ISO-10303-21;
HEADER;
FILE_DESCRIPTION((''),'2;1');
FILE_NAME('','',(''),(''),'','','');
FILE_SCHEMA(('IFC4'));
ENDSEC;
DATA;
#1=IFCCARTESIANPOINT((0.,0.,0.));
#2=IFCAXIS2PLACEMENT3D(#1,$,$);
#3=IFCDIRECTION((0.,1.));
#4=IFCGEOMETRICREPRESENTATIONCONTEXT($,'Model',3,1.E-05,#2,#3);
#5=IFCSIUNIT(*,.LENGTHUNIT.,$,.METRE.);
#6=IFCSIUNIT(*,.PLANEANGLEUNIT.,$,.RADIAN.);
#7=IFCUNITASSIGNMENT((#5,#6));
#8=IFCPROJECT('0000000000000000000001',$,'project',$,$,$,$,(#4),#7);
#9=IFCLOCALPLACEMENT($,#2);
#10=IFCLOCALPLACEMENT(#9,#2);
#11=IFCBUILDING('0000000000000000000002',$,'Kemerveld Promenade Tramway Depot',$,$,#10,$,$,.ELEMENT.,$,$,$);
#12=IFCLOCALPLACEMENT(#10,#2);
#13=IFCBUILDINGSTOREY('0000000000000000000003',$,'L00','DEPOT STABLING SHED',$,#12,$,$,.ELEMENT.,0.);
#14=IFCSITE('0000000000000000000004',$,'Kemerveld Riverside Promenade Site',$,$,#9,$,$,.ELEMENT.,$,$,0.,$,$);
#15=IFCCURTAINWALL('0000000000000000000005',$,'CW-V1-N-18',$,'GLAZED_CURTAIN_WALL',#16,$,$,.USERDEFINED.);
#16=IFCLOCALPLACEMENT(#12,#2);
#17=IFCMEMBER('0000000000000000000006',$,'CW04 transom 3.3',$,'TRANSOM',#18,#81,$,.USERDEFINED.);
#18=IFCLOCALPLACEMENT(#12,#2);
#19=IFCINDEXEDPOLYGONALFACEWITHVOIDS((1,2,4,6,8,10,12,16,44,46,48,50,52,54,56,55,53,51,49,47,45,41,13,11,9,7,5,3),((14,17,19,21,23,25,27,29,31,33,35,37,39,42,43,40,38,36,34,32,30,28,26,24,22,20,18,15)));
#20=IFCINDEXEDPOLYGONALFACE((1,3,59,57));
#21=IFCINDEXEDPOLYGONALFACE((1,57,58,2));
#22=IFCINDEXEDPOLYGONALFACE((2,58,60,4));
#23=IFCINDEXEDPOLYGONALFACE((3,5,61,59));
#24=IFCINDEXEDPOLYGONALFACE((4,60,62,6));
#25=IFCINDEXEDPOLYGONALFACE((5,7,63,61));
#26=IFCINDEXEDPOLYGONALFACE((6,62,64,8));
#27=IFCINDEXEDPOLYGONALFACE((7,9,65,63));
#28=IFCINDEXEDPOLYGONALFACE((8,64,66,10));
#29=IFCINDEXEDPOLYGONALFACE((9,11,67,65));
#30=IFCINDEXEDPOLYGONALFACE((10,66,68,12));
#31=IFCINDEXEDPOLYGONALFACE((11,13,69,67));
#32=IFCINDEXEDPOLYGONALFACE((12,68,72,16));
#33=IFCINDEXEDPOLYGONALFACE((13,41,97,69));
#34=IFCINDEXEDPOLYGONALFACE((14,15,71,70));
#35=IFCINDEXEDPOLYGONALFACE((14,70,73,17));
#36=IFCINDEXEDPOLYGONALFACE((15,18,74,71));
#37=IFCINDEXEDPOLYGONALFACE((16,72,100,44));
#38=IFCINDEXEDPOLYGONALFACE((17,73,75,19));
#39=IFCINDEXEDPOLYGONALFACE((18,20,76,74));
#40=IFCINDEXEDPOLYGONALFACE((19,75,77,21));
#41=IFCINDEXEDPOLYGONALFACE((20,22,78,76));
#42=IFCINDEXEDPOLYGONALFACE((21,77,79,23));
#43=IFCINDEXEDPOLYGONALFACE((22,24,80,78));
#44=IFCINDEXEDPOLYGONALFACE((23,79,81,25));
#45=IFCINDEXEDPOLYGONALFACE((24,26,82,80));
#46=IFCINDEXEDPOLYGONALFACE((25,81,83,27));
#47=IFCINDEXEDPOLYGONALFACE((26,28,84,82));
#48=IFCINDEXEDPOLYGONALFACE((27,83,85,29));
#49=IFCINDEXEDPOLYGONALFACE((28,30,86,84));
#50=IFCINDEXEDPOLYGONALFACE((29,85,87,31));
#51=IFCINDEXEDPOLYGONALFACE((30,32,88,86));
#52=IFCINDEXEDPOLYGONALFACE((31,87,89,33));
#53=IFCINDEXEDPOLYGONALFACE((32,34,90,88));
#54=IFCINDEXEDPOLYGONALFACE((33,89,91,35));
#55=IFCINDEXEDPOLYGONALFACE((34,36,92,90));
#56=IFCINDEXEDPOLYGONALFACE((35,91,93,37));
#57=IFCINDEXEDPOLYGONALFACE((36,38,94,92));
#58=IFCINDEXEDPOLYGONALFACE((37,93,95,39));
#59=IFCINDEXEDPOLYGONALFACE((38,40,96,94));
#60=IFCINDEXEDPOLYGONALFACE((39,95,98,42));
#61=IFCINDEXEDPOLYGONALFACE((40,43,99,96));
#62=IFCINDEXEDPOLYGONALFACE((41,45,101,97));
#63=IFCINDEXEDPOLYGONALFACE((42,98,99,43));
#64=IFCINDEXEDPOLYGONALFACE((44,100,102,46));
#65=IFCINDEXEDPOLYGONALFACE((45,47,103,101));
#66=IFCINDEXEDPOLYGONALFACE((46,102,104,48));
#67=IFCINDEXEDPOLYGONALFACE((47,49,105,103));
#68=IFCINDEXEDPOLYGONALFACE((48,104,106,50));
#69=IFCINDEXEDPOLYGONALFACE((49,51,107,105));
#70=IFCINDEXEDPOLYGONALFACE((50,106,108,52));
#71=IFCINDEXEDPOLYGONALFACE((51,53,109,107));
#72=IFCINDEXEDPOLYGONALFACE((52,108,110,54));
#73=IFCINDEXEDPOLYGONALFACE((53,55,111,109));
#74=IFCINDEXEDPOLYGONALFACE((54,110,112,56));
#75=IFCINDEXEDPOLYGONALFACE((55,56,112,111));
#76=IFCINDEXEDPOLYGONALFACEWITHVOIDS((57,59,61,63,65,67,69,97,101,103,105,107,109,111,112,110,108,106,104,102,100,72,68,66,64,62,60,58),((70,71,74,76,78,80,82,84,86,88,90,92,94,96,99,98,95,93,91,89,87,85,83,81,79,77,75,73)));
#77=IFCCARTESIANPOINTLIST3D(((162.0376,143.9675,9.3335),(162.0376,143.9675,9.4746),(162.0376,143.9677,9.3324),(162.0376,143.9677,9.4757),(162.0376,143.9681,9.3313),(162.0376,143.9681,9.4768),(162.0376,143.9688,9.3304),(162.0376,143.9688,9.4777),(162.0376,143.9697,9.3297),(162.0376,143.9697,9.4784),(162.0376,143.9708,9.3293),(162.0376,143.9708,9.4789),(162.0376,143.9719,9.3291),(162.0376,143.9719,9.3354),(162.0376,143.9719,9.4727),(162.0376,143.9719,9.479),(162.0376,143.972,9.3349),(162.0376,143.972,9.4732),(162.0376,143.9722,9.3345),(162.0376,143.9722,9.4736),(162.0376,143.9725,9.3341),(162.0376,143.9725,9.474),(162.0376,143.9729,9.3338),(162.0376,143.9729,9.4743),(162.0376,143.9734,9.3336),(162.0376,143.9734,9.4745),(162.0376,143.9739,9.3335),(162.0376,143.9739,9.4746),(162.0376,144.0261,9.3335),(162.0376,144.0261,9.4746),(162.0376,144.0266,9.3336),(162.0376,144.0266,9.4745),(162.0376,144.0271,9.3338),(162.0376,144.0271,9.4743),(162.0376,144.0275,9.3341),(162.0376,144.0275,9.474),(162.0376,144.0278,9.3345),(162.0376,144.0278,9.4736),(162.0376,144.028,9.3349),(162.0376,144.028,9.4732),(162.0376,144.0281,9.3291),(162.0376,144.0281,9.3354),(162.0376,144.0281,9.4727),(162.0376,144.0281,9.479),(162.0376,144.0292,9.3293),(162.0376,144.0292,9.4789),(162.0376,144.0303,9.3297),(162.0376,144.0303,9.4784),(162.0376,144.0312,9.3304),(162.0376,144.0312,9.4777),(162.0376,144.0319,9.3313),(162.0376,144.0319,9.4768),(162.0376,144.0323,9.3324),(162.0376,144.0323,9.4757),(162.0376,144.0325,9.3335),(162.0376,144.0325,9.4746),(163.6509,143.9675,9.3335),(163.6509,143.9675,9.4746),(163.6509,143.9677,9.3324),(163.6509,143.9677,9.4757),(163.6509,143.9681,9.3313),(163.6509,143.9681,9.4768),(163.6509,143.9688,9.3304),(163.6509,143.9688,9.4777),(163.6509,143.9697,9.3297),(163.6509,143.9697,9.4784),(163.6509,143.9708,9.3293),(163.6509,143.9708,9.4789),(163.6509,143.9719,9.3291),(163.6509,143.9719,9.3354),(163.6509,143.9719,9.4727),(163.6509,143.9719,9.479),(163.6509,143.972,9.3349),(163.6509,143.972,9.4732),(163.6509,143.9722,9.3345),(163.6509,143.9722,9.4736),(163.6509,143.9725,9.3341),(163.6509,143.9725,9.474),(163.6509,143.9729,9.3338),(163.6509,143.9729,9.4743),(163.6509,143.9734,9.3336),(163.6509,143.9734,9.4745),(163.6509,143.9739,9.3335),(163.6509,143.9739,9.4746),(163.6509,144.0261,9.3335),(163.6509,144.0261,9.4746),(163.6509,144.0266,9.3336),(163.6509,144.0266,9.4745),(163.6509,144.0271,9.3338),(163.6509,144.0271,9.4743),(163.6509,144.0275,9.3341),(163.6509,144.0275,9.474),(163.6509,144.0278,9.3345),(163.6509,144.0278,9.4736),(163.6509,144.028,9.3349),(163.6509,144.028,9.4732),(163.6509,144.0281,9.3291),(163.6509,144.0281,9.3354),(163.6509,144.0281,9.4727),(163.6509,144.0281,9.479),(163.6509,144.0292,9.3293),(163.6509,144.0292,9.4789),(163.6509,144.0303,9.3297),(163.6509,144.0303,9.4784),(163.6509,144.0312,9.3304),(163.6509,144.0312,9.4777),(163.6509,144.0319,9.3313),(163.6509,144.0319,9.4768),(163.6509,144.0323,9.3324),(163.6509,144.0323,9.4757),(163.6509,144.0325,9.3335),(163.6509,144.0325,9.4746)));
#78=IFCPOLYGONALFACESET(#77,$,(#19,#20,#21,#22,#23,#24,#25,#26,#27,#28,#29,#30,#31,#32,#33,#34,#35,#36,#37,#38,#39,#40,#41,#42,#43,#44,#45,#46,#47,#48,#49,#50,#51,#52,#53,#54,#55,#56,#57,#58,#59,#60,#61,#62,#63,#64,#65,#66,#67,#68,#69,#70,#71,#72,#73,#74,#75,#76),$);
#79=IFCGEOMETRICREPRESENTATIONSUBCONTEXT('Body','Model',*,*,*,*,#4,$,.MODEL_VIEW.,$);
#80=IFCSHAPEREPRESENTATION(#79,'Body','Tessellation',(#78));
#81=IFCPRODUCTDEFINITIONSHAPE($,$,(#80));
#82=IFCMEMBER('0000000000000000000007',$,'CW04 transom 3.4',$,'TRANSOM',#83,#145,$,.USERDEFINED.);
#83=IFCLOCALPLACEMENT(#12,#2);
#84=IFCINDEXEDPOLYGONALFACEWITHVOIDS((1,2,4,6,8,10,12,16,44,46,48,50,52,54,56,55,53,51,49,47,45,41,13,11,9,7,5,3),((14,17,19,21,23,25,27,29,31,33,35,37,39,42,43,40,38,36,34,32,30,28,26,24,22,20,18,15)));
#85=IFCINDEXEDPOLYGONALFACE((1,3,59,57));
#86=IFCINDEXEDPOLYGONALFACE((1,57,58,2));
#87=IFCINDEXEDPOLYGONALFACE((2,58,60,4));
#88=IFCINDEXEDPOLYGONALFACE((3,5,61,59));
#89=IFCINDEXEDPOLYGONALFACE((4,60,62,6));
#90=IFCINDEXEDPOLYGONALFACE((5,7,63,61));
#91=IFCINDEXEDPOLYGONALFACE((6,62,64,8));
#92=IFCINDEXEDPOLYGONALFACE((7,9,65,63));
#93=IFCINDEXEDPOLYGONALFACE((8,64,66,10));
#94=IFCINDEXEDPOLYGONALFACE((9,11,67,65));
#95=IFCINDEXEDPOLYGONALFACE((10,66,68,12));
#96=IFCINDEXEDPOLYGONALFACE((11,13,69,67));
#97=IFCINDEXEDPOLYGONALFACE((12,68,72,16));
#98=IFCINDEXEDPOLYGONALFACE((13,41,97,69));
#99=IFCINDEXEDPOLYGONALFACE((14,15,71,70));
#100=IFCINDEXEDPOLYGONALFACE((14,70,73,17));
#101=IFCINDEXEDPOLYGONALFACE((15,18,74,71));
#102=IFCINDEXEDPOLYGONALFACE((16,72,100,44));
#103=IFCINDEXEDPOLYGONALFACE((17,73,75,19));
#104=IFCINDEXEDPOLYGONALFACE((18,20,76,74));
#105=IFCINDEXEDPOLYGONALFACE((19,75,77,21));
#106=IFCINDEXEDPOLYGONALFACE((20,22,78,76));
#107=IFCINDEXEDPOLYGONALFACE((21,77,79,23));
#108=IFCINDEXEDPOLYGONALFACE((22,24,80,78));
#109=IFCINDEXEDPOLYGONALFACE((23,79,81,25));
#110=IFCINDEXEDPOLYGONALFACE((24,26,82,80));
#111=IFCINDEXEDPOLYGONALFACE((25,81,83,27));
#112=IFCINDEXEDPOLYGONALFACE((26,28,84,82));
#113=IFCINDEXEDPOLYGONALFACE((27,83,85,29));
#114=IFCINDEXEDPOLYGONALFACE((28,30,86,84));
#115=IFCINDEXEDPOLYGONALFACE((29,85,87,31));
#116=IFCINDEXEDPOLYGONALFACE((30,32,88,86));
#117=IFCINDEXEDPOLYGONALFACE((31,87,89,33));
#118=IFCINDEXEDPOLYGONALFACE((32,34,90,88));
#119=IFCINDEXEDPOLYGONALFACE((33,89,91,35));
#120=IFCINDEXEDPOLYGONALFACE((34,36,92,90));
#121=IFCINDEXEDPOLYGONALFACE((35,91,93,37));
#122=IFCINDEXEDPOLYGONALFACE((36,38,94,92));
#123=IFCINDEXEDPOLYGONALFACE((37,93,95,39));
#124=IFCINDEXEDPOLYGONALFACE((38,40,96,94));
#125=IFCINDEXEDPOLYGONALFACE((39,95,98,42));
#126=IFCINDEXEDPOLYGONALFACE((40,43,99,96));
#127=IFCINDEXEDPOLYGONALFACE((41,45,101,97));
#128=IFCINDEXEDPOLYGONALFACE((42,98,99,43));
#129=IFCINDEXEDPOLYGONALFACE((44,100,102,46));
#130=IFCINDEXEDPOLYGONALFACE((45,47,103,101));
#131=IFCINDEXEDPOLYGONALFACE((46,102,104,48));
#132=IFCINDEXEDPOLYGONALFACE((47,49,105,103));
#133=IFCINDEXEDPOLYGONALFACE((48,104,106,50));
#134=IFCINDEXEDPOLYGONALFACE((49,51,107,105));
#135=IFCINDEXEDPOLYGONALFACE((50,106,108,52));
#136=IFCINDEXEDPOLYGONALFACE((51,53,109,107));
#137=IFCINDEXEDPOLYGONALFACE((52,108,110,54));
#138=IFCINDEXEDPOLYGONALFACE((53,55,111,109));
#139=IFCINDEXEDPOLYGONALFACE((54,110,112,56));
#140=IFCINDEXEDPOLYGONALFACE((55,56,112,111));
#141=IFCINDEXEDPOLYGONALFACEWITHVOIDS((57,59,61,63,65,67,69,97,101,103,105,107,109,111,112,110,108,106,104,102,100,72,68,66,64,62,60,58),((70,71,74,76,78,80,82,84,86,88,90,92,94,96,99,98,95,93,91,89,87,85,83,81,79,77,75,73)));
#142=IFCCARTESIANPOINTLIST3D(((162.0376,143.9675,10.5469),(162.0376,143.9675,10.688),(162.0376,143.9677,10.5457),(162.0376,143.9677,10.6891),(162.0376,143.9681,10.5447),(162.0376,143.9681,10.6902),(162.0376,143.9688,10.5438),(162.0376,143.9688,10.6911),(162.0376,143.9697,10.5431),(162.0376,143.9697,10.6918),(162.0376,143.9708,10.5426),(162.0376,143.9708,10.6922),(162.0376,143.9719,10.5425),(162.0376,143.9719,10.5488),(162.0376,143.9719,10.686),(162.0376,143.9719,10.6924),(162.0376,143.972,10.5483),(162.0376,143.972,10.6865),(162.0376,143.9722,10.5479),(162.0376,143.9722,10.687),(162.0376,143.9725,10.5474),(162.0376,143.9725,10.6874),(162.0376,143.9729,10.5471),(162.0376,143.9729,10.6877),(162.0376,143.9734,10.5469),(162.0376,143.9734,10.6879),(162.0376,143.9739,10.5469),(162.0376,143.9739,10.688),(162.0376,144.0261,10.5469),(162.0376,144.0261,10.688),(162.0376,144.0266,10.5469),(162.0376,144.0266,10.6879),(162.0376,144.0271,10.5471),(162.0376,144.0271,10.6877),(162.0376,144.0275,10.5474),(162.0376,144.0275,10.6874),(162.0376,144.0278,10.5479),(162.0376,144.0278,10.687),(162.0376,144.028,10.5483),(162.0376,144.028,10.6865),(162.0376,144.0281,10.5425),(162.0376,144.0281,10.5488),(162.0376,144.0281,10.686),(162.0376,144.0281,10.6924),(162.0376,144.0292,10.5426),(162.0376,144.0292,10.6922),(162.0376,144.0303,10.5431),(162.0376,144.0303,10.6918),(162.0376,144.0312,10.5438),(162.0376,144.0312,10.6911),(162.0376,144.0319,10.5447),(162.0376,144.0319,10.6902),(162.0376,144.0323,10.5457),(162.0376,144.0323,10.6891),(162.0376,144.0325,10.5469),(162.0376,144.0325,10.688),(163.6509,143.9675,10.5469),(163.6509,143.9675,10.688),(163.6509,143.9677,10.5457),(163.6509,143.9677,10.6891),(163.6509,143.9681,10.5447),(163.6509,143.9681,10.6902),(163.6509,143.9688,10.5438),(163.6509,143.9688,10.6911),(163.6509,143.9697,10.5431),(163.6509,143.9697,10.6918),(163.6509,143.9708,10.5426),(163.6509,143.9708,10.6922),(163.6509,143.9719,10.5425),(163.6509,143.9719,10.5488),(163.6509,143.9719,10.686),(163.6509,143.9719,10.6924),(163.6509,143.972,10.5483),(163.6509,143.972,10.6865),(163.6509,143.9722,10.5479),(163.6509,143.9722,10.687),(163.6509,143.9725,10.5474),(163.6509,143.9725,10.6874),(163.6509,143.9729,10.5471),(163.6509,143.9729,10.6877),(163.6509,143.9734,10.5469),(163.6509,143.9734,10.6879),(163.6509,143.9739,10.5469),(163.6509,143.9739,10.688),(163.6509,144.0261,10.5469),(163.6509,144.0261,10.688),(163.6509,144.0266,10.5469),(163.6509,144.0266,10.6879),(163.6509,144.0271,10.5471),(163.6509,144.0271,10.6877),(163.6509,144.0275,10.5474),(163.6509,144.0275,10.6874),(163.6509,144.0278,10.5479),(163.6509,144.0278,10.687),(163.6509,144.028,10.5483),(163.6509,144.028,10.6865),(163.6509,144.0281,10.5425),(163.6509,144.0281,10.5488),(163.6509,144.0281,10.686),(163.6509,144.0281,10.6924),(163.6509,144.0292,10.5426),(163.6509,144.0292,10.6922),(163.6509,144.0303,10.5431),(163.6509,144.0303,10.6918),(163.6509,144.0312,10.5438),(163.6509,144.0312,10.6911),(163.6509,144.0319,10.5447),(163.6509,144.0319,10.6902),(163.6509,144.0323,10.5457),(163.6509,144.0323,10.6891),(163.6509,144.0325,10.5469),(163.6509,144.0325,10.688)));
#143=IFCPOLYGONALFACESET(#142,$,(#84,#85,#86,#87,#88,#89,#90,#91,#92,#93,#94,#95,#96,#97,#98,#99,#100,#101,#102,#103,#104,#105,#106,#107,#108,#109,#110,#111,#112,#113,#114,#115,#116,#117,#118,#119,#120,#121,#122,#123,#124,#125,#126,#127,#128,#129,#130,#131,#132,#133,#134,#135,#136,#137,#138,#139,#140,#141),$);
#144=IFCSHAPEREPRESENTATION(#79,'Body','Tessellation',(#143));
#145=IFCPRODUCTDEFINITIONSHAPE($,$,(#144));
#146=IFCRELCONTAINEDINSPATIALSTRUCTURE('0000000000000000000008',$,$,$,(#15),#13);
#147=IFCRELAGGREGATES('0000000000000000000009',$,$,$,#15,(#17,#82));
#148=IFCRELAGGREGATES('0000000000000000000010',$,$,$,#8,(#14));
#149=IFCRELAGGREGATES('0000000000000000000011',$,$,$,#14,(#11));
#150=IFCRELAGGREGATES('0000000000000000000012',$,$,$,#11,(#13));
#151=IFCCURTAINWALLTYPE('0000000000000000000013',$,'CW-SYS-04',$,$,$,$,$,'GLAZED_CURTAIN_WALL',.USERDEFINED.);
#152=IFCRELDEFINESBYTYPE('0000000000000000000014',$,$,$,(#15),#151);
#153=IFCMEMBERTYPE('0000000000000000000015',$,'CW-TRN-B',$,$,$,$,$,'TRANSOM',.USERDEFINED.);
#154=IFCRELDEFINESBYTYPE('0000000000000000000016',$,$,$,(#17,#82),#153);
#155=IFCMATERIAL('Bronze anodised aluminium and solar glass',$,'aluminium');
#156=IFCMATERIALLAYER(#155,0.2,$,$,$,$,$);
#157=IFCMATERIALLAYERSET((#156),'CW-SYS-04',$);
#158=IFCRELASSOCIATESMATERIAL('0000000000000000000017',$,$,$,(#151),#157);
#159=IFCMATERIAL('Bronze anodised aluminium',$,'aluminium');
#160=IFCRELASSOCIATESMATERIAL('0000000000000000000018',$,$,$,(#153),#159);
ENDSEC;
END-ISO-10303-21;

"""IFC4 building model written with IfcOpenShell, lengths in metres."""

from ifc_helpers import new_model, si_unit, direction, frame, origin, origin_2d, place, context, subcontext, project, spatial, hollow_rectangle, extrude, material, layer, layer_set, material_profile, profile_set, type_object, element, aggregate, save


model = new_model("IFC4")

# Units and contexts
model_context = context("Model", 3, precision=1e-05, world=origin(), true_north=direction((0.0, 1.0)))
body_context = subcontext(model_context, "Body", "Model", "MODEL_VIEW")
ifc_project = project(units=[si_unit("LENGTHUNIT", "METRE"), si_unit("PLANEANGLEUNIT", "RADIAN")], contexts=[model_context])

# Site, building, storey
site_placement = place(None, origin())
site = spatial("IfcSite", under=ifc_project, at=site_placement, Name="Kemerveld Riverside Promenade Site", CompositionType="ELEMENT", RefElevation=0.0)
building_placement = place(site_placement, origin())
building = spatial("IfcBuilding", under=site, at=building_placement, Name="Kemerveld Promenade Tramway Depot", CompositionType="ELEMENT")
storey_placement = place(building_placement, origin())
storey = spatial("IfcBuildingStorey", under=building, at=storey_placement, Name="L00", Description="DEPOT STABLING SHED", CompositionType="ELEMENT", Elevation=0.0)

# Shared definitions
ifc_material_1 = material(Name="Bronze anodised aluminium and solar glass", Category="aluminium")
ifc_material_2 = material(Name="Bronze anodised aluminium", Category="aluminium")

# Curtain wall, members
ifc_layer_1 = layer(ifc_material_1, 0.2)
ifc_layer_set_1 = layer_set([ifc_layer_1], Name="CW-SYS-04")
curtain_wall_type_1 = type_object("IfcCurtainWallType", Name="CW-SYS-04", ElementType="GLAZED_CURTAIN_WALL", PredefinedType="USERDEFINED", material=ifc_layer_set_1)
curtain_wall_1_placement = place(storey_placement, origin())
curtain_wall_1 = element("IfcCurtainWall", 1, at=curtain_wall_1_placement, inside=storey, type_object=curtain_wall_type_1, Name="CW-V1-N-18", ObjectType="GLAZED_CURTAIN_WALL", PredefinedType="USERDEFINED")
ifc_material_profile_1 = material_profile(ifc_material_2, hollow_rectangle(XDim=0.0649, YDim=0.1499, WallThickness=0.0044, InnerFilletRadius=0.002, OuterFilletRadius=0.0044, at=origin_2d()), Name="CW-TRN-150x65")
ifc_profile_set_1 = profile_set([ifc_material_profile_1], Name="Bronze anodised aluminium")
member_type_1 = type_object("IfcMemberType", Name="CW-TRN-B", ElementType="TRANSOM", PredefinedType="USERDEFINED", material=ifc_profile_set_1)
member_1_placement = place(storey_placement, frame((162.0376, 144.0, 9.4041), z_axis=(1.0, 0.0, 0.0), x_axis=(0.0, 1.0, 0.0)))
member_1 = element("IfcMember", 2, at=member_1_placement, type_object=member_type_1, Name="CW04 transom 3.3", ObjectType="TRANSOM", PredefinedType="USERDEFINED", context=body_context, shape_type="SweptSolid", body=[
    extrude(hollow_rectangle(XDim=0.0649, YDim=0.1499, WallThickness=0.0044, InnerFilletRadius=0.002, OuterFilletRadius=0.0044, at=origin_2d()), origin(), (0.0, 0.0, 1.0), 1.6133),
])
member_2_placement = place(storey_placement, frame((162.0376, 144.0, 10.6174), z_axis=(1.0, 0.0, 0.0), x_axis=(0.0, 1.0, 0.0)))
member_2 = element("IfcMember", 3, at=member_2_placement, type_object=member_type_1, Name="CW04 transom 3.4", ObjectType="TRANSOM", PredefinedType="USERDEFINED", context=body_context, shape_type="SweptSolid", body=[
    extrude(hollow_rectangle(XDim=0.0649, YDim=0.1499, WallThickness=0.0044, InnerFilletRadius=0.002, OuterFilletRadius=0.0044, at=origin_2d()), origin(), (0.0, 0.0, 1.0), 1.6133),
])

aggregate(curtain_wall_1, [member_1, member_2])

save(model, "model.ifc")
